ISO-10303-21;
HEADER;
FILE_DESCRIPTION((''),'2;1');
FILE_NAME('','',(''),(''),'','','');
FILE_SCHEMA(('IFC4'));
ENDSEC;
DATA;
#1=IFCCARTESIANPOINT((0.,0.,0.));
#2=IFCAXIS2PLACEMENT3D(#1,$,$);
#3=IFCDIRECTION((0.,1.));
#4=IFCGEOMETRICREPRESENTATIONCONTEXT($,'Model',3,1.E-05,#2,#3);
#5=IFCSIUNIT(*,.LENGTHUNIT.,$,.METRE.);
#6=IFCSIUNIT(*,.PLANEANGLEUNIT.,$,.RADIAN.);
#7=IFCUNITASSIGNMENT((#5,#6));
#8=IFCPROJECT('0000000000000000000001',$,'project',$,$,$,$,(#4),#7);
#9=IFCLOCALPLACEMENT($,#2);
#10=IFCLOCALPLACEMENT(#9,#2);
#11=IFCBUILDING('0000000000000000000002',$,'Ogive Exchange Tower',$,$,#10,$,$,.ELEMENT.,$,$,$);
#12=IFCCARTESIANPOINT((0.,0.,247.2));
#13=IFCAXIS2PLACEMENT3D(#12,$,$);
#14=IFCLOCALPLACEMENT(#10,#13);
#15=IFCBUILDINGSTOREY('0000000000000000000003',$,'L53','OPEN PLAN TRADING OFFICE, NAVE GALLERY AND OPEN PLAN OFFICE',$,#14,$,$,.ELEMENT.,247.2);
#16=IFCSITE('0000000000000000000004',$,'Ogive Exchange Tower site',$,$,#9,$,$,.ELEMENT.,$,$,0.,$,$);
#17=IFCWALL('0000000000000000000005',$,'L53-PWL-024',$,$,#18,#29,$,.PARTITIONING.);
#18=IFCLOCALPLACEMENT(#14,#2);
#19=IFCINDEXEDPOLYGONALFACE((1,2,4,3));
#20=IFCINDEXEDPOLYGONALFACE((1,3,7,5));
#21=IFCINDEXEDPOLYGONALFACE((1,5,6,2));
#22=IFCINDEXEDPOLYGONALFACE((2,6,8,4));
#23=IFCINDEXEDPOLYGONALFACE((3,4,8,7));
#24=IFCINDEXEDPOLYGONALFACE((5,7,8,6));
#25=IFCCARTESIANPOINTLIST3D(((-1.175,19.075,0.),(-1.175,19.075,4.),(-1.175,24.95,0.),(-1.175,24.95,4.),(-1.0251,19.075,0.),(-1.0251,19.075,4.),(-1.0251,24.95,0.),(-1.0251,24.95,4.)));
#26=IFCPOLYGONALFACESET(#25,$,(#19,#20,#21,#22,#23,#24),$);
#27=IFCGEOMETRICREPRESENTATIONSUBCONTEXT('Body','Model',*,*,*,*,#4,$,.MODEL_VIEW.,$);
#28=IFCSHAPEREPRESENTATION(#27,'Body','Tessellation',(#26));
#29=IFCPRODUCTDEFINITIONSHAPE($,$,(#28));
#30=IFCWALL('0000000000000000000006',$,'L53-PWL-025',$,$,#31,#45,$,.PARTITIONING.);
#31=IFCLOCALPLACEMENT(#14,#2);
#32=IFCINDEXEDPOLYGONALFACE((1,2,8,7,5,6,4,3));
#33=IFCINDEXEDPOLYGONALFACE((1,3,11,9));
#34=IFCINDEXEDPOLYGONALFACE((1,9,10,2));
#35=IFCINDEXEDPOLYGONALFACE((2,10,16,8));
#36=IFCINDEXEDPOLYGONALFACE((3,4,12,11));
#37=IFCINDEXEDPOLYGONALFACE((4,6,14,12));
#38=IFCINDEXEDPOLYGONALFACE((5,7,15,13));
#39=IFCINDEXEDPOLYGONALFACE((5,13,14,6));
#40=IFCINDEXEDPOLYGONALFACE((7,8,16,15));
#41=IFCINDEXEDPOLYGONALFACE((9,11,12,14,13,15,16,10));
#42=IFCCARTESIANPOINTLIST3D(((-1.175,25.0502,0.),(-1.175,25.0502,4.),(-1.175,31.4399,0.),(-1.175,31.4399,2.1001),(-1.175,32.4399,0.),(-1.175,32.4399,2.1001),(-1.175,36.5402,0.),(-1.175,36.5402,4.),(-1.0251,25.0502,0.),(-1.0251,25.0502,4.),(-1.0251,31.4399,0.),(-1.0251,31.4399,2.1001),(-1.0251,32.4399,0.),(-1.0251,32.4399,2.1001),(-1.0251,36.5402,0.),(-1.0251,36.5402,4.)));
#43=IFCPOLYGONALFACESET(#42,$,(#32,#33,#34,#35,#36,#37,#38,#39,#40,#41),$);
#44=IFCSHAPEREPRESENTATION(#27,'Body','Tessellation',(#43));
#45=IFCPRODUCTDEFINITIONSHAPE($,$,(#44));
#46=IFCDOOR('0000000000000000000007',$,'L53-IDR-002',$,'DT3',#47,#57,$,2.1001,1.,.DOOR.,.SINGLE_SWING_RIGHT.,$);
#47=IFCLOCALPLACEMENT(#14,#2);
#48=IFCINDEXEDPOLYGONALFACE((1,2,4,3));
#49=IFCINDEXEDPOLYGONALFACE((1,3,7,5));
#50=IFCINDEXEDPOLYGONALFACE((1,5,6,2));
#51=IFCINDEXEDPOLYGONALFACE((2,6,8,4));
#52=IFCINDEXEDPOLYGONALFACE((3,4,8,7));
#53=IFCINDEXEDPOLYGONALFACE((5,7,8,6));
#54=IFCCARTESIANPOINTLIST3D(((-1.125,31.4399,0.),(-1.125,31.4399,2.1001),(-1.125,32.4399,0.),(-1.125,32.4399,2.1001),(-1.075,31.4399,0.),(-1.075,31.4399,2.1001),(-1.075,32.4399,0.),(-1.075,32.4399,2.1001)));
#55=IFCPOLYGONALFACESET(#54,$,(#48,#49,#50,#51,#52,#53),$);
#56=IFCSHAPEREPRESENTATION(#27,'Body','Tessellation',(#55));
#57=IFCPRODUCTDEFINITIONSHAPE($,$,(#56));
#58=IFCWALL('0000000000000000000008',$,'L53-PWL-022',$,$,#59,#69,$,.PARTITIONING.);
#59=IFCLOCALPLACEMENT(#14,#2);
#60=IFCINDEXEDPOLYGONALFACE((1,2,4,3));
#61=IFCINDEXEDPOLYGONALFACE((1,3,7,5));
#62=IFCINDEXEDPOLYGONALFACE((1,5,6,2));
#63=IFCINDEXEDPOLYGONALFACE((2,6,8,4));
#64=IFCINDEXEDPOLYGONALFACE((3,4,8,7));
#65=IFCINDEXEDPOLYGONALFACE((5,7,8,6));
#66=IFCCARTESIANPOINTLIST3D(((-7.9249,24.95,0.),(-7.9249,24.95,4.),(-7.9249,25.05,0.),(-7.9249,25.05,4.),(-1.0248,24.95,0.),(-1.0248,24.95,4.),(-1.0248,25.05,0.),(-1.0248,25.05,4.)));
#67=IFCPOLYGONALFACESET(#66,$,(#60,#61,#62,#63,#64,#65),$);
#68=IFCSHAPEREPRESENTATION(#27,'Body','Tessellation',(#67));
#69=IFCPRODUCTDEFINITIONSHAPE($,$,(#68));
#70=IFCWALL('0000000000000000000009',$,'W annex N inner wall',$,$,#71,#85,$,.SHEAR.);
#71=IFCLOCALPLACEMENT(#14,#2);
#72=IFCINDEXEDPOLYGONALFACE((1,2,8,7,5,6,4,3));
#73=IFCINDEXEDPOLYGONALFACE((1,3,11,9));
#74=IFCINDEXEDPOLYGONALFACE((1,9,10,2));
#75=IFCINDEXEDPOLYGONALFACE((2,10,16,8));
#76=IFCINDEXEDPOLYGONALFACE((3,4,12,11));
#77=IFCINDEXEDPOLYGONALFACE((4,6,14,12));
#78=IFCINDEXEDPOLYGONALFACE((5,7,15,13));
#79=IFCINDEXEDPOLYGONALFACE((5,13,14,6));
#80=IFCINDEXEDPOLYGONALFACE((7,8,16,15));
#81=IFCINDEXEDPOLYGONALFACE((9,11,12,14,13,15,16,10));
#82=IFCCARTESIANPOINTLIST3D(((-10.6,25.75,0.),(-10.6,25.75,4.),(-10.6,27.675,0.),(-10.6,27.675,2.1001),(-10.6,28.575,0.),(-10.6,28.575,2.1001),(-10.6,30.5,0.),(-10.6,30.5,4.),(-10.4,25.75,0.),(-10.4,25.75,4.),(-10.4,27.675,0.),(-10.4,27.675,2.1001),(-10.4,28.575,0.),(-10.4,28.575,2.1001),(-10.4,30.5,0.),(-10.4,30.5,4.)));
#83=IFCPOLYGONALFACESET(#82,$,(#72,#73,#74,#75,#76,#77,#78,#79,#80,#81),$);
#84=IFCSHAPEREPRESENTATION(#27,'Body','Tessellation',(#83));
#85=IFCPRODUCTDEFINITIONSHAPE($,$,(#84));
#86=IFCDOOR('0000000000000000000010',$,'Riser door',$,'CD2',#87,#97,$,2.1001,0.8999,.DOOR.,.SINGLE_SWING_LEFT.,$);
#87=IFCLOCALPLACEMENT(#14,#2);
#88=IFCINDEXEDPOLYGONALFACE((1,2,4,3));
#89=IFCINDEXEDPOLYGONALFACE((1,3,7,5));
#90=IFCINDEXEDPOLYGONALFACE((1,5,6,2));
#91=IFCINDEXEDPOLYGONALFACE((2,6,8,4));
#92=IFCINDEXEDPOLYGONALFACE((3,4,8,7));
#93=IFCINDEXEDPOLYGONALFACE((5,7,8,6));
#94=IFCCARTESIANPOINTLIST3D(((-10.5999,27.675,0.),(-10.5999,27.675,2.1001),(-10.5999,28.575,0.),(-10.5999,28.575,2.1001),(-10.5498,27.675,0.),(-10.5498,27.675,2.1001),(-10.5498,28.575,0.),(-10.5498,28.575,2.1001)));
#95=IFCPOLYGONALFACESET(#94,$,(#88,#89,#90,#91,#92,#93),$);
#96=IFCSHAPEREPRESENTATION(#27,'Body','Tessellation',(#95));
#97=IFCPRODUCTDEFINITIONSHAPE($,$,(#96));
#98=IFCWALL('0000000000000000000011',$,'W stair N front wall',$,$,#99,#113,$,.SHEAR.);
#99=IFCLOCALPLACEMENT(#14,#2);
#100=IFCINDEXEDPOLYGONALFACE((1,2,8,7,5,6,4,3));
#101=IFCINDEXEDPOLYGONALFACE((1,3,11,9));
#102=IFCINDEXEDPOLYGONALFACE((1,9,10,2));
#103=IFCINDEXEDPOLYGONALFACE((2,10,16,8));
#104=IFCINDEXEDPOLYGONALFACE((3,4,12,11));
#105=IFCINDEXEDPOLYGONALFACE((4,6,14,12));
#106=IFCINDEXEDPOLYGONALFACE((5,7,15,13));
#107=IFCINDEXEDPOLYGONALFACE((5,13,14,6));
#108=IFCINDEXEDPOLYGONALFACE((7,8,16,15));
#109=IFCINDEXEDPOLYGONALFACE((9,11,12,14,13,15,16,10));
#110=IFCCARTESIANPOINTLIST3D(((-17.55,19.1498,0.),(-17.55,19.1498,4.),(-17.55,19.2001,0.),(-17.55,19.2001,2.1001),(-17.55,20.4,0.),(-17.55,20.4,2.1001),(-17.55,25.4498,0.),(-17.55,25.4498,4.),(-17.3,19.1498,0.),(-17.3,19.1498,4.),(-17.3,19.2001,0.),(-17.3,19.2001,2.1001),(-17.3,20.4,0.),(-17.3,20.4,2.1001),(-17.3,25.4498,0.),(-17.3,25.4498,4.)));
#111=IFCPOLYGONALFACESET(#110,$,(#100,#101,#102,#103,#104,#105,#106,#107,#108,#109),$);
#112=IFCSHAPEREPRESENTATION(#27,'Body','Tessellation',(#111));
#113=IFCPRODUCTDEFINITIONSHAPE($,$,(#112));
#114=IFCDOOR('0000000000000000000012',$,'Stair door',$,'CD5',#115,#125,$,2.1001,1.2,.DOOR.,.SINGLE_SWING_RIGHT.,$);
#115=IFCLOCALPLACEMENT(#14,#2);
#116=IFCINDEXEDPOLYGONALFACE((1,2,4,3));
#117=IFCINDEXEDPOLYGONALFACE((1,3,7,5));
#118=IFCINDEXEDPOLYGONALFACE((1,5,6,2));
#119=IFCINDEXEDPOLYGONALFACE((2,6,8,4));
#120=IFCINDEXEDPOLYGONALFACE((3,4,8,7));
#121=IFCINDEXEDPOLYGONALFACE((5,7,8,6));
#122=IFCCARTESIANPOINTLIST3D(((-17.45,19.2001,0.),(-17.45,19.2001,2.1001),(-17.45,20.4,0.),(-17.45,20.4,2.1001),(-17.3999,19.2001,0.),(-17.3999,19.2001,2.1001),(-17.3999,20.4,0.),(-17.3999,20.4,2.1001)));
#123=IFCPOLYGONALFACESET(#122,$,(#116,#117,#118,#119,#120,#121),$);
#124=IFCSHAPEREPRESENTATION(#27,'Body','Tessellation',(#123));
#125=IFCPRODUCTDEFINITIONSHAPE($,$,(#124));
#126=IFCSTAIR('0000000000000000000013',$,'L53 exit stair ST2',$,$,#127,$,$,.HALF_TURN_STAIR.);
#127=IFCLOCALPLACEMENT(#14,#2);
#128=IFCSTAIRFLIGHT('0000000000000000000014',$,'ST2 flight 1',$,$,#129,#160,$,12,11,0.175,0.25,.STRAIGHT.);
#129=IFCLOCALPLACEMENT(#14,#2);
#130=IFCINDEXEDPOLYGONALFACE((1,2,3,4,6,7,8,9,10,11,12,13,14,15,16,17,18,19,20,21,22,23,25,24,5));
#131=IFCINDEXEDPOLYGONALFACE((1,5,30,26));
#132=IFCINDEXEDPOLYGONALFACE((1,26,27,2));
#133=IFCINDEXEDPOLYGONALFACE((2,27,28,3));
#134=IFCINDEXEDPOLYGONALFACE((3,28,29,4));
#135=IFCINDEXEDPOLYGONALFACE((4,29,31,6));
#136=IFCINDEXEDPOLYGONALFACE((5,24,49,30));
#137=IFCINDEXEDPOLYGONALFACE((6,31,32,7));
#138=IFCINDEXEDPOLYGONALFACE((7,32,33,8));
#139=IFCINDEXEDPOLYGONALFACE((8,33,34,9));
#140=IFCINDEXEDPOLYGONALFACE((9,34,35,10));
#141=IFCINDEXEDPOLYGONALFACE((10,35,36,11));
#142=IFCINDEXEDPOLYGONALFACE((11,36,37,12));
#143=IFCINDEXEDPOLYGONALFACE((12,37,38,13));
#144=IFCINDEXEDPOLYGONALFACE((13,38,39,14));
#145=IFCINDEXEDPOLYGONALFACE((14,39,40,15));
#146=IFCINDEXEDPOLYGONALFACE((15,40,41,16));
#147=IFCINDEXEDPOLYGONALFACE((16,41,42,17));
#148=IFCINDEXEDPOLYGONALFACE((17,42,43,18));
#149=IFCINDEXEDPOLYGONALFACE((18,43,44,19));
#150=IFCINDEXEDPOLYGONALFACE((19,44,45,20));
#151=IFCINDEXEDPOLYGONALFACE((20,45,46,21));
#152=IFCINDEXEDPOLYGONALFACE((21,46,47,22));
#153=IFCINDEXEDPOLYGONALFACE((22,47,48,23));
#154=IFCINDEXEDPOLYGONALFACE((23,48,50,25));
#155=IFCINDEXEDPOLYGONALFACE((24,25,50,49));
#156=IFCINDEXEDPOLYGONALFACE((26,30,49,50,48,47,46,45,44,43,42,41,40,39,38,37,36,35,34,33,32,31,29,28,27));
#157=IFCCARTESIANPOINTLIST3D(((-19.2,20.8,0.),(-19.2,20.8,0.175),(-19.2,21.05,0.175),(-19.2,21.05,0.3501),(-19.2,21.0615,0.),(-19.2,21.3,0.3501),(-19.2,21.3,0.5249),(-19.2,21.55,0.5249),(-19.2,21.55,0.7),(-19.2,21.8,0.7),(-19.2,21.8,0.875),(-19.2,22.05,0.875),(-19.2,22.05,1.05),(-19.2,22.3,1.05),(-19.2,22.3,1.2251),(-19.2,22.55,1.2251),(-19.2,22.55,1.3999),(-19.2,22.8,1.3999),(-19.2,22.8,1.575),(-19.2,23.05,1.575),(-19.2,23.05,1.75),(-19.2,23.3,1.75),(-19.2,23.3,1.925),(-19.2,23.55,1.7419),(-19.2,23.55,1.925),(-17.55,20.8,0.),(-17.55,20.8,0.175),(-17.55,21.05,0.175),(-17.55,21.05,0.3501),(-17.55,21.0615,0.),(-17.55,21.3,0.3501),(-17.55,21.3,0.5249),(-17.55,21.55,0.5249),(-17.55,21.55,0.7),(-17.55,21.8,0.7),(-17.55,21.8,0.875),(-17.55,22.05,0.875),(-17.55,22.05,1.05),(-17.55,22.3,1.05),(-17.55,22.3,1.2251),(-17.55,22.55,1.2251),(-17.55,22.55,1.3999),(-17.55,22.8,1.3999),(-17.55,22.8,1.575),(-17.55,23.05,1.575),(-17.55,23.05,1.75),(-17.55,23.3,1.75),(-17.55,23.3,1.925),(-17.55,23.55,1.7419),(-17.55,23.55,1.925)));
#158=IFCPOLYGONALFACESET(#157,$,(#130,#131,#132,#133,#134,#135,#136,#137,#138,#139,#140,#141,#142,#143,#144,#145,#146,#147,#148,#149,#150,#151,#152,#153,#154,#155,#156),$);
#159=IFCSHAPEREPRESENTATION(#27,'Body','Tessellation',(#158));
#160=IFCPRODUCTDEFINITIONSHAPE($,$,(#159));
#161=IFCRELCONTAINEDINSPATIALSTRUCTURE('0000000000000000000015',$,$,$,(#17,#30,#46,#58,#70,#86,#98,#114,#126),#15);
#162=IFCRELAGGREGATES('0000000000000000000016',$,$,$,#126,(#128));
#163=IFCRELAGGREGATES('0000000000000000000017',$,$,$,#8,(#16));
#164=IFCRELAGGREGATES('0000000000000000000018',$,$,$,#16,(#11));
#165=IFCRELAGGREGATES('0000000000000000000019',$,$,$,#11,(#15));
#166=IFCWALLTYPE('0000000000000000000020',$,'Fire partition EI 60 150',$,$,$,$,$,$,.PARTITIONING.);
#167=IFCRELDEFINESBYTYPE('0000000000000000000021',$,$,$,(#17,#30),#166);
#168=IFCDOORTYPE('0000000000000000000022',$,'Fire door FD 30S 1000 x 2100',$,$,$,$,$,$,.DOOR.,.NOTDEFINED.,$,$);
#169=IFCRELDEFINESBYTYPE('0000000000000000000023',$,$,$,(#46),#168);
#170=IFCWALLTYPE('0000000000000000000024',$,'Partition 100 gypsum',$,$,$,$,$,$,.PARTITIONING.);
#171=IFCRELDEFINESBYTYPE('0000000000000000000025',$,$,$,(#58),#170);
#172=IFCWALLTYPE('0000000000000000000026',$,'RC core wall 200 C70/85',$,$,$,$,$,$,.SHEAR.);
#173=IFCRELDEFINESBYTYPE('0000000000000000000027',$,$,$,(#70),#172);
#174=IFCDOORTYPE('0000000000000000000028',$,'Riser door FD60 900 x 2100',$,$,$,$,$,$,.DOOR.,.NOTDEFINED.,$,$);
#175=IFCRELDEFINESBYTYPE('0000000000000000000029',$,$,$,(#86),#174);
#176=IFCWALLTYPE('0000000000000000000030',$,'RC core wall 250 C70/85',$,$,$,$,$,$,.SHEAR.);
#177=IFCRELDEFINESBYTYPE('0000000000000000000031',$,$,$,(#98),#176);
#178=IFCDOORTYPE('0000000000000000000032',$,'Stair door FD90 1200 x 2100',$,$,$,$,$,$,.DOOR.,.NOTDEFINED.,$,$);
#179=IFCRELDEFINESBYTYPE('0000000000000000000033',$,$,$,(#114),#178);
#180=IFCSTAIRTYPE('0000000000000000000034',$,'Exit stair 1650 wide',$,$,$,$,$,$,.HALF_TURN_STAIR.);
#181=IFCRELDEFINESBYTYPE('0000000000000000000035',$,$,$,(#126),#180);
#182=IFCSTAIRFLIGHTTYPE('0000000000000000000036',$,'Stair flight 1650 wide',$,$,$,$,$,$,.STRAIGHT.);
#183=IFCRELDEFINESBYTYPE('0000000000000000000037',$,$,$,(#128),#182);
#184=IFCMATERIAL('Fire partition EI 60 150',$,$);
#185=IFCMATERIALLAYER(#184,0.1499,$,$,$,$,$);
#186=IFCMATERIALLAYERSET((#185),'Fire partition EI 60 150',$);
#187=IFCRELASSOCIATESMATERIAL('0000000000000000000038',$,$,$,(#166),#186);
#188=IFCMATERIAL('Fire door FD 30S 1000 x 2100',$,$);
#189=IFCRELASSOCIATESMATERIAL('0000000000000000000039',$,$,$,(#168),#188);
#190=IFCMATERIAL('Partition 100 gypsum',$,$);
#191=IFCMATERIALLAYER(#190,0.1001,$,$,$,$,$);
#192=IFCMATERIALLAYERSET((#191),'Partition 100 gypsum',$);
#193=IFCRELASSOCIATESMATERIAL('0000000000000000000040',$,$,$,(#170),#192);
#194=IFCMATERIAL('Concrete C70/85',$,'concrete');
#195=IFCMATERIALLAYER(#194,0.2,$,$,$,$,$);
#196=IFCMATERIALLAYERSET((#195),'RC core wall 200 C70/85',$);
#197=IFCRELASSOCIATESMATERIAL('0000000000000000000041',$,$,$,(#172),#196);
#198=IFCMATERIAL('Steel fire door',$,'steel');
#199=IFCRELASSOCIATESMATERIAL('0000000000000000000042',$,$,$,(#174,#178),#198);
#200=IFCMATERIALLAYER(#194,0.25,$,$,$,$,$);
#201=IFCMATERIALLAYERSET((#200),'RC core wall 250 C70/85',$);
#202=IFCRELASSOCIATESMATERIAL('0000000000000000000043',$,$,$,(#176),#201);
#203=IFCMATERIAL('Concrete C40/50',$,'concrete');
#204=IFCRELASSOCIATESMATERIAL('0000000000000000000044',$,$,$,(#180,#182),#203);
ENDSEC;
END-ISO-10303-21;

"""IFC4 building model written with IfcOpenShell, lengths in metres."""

from ifc_helpers import new_model, si_unit, direction, frame, frame_2d, origin, place, context, subcontext, project, spatial, polyline, rectangle, outline, extrude, material, layer, layer_set, type_object, element, fill, aggregate, save


model = new_model("IFC4")

# Units and contexts
model_context = context("Model", 3, precision=1e-05, world=origin(), true_north=direction((0.0, 1.0)))
body_context = subcontext(model_context, "Body", "Model", "MODEL_VIEW")
ifc_project = project(units=[si_unit("LENGTHUNIT", "METRE"), si_unit("PLANEANGLEUNIT", "RADIAN")], contexts=[model_context])

# Site, building, storey
site_placement = place(None, origin())
site = spatial("IfcSite", under=ifc_project, at=site_placement, Name="Ogive Exchange Tower site", CompositionType="ELEMENT", RefElevation=0.0)
building_placement = place(site_placement, origin())
building = spatial("IfcBuilding", under=site, at=building_placement, Name="Ogive Exchange Tower", CompositionType="ELEMENT")
storey_placement = place(building_placement, frame((0.0, 0.0, 247.2)))
storey = spatial("IfcBuildingStorey", under=building, at=storey_placement, Name="L53", Description="OPEN PLAN TRADING OFFICE, NAVE GALLERY AND OPEN PLAN OFFICE", CompositionType="ELEMENT", Elevation=247.2)

# Shared definitions
ifc_material_1 = material(Name="Fire partition EI 60 150")
ifc_layer_1 = layer(ifc_material_1, 0.1499)
ifc_layer_set_1 = layer_set([ifc_layer_1], Name="Fire partition EI 60 150")
wall_type_1 = type_object("IfcWallType", Name="Fire partition EI 60 150", PredefinedType="PARTITIONING", material=ifc_layer_set_1)
ifc_material_2 = material(Name="Fire door FD 30S 1000 x 2100")
door_type_1 = type_object("IfcDoorType", Name="Fire door FD 30S 1000 x 2100", OperationType="NOTDEFINED", PredefinedType="DOOR", material=ifc_material_2)

# Wall
wall_1_placement = place(storey_placement, frame((-1.1001, 19.075, 0.0), z_axis=(0.0, 0.0, 1.0), x_axis=(0.0, 1.0, 0.0)))
element("IfcWall", 1, at=wall_1_placement, inside=storey, type_object=wall_type_1, Name="L53-PWL-024", PredefinedType="PARTITIONING", context=body_context, shape_type="SweptSolid", body=[
    extrude(rectangle(XDim=5.875, YDim=0.1499, at=frame_2d((2.9375, 0.0))), origin(), (0.0, 0.0, 1.0), 4.0),
])

# Wall, opening, door
wall_2_placement = place(storey_placement, frame((-1.1001, 25.05, 0.0), z_axis=(0.0, 0.0, 1.0), x_axis=(0.0, 1.0, 0.0)))
wall_2 = element("IfcWall", 2, at=wall_2_placement, inside=storey, type_object=wall_type_1, Name="L53-PWL-025", PredefinedType="PARTITIONING", context=body_context, shape_type="SweptSolid", body=[
    extrude(rectangle(XDim=11.49, YDim=0.1499, at=frame_2d((5.7451, 0.0))), origin(), (0.0, 0.0, 1.0), 4.0),
])
opening_1_placement = place(wall_2_placement, frame((6.3899, 0.0, 0.0)))
opening_1 = element("IfcOpeningElement", 3, at=opening_1_placement, cuts=wall_2, PredefinedType="OPENING", context=body_context, shape_type="SweptSolid", body=[
    extrude(rectangle(XDim=1.0, YDim=2.1001, at=frame_2d((0.5, 1.05))), frame((0.0, 0.085, 0.0), z_axis=(0.0, -1.0, 0.0), x_axis=(1.0, 0.0, 0.0)), (0.0, 0.0, 1.0), 0.1699),
])
door_1_placement = place(opening_1_placement, origin())
door_1 = element("IfcDoor", 4, at=door_1_placement, inside=storey, type_object=door_type_1, Name="L53-IDR-002", ObjectType="DT3", OperationType="SINGLE_SWING_RIGHT", OverallHeight=2.1001, OverallWidth=1.0, PredefinedType="DOOR", context=body_context, shape_type="SweptSolid", body=[
    extrude(rectangle(XDim=1.0, YDim=2.1001, at=frame_2d((0.5, 1.05))), frame((0.0, 0.0249, 0.0), z_axis=(0.0, -1.0, 0.0), x_axis=(1.0, 0.0, 0.0)), (0.0, 0.0, 1.0), 0.05),
])
fill(opening_1, door_1)

# Wall
ifc_material_3 = material(Name="Partition 100 gypsum")
ifc_layer_2 = layer(ifc_material_3, 0.1001)
ifc_layer_set_2 = layer_set([ifc_layer_2], Name="Partition 100 gypsum")
wall_type_2 = type_object("IfcWallType", Name="Partition 100 gypsum", PredefinedType="PARTITIONING", material=ifc_layer_set_2)
wall_3_placement = place(storey_placement, frame((-7.925, 25.0, 0.0), z_axis=(0.0, 0.0, 1.0), x_axis=(1.0, 0.0, 0.0)))
element("IfcWall", 5, at=wall_3_placement, inside=storey, type_object=wall_type_2, Name="L53-PWL-022", PredefinedType="PARTITIONING", context=body_context, shape_type="SweptSolid", body=[
    extrude(rectangle(XDim=6.9001, YDim=0.1001, at=frame_2d((3.4502, 0.0))), origin(), (0.0, 0.0, 1.0), 4.0),
])

# Walls, openings, doors
ifc_material_4 = material(Name="Concrete C70/85", Category="concrete")
ifc_layer_3 = layer(ifc_material_4, 0.2)
ifc_layer_set_3 = layer_set([ifc_layer_3], Name="RC core wall 200 C70/85")
wall_type_3 = type_object("IfcWallType", Name="RC core wall 200 C70/85", PredefinedType="SHEAR", material=ifc_layer_set_3)
wall_4_placement = place(storey_placement, frame((-10.5, 25.75, 0.0), z_axis=(0.0, 0.0, 1.0), x_axis=(0.0, 1.0, 0.0)))
wall_4 = element("IfcWall", 6, at=wall_4_placement, inside=storey, type_object=wall_type_3, Name="W annex N inner wall", PredefinedType="SHEAR", context=body_context, shape_type="SweptSolid", body=[
    extrude(rectangle(XDim=4.75, YDim=0.2, at=frame_2d((2.375, 0.0))), origin(), (0.0, 0.0, 1.0), 4.0),
])
opening_2_placement = place(wall_4_placement, frame((1.925, 0.0, 0.0)))
opening_2 = element("IfcOpeningElement", 7, at=opening_2_placement, cuts=wall_4, PredefinedType="OPENING", context=body_context, shape_type="SweptSolid", body=[
    extrude(rectangle(XDim=0.8999, YDim=2.1001, at=frame_2d((0.45, 1.05))), frame((0.0, 0.1099, 0.0), z_axis=(0.0, -1.0, 0.0), x_axis=(1.0, 0.0, 0.0)), (0.0, 0.0, 1.0), 0.22),
])
ifc_material_5 = material(Name="Steel fire door", Category="steel")
door_type_2 = type_object("IfcDoorType", Name="Riser door FD60 900 x 2100", OperationType="NOTDEFINED", PredefinedType="DOOR", material=ifc_material_5)
door_2_placement = place(opening_2_placement, frame((0.8999, 0.1499, 0.0), z_axis=(0.0, 0.0, 1.0), x_axis=(-1.0, 0.0, 0.0)))
door_2 = element("IfcDoor", 8, at=door_2_placement, inside=storey, type_object=door_type_2, Name="Riser door", ObjectType="CD2", OperationType="SINGLE_SWING_LEFT", OverallHeight=2.1001, OverallWidth=0.8999, PredefinedType="DOOR", context=body_context, shape_type="SweptSolid", body=[
    extrude(rectangle(XDim=0.8999, YDim=2.1001, at=frame_2d((0.45, 1.05))), frame((0.0, 0.1001, 0.0), z_axis=(0.0, -1.0, 0.0), x_axis=(1.0, 0.0, 0.0)), (0.0, 0.0, 1.0), 0.05),
])
fill(opening_2, door_2)
ifc_layer_4 = layer(ifc_material_4, 0.25)
ifc_layer_set_4 = layer_set([ifc_layer_4], Name="RC core wall 250 C70/85")
wall_type_4 = type_object("IfcWallType", Name="RC core wall 250 C70/85", PredefinedType="SHEAR", material=ifc_layer_set_4)
wall_5_placement = place(storey_placement, frame((-17.425, 19.1499, 0.0), z_axis=(0.0, 0.0, 1.0), x_axis=(0.0, 1.0, 0.0)))
wall_5 = element("IfcWall", 9, at=wall_5_placement, inside=storey, type_object=wall_type_4, Name="W stair N front wall", PredefinedType="SHEAR", context=body_context, shape_type="SweptSolid", body=[
    extrude(rectangle(XDim=6.3, YDim=0.25, at=frame_2d((3.1499, 0.0))), origin(), (0.0, 0.0, 1.0), 4.0),
])
opening_3_placement = place(wall_5_placement, frame((0.05, 0.0, 0.0)))
opening_3 = element("IfcOpeningElement", 10, at=opening_3_placement, cuts=wall_5, PredefinedType="OPENING", context=body_context, shape_type="SweptSolid", body=[
    extrude(rectangle(XDim=1.2, YDim=2.1001, at=frame_2d((0.6001, 1.05))), frame((0.0, 0.135, 0.0), z_axis=(0.0, -1.0, 0.0), x_axis=(1.0, 0.0, 0.0)), (0.0, 0.0, 1.0), 0.27),
])
door_type_3 = type_object("IfcDoorType", Name="Stair door FD90 1200 x 2100", OperationType="NOTDEFINED", PredefinedType="DOOR", material=ifc_material_5)
door_3_placement = place(opening_3_placement, origin())
door_3 = element("IfcDoor", 11, at=door_3_placement, inside=storey, type_object=door_type_3, Name="Stair door", ObjectType="CD5", OperationType="SINGLE_SWING_RIGHT", OverallHeight=2.1001, OverallWidth=1.2, PredefinedType="DOOR", context=body_context, shape_type="SweptSolid", body=[
    extrude(rectangle(XDim=1.2, YDim=2.1001, at=frame_2d((0.6001, 1.05))), frame((0.0, 0.0249, 0.0), z_axis=(0.0, -1.0, 0.0), x_axis=(1.0, 0.0, 0.0)), (0.0, 0.0, 1.0), 0.05),
])
fill(opening_3, door_3)

# Stair, stair flight
ifc_material_6 = material(Name="Concrete C40/50", Category="concrete")
stair_type = type_object("IfcStairType", Name="Exit stair 1650 wide", PredefinedType="HALF_TURN_STAIR", material=ifc_material_6)
stair_placement = place(storey_placement, origin())
stair = element("IfcStair", 12, at=stair_placement, inside=storey, type_object=stair_type, Name="L53 exit stair ST2", PredefinedType="HALF_TURN_STAIR")
stair_flight_type = type_object("IfcStairFlightType", Name="Stair flight 1650 wide", PredefinedType="STRAIGHT", material=ifc_material_6)
stair_flight_placement = place(storey_placement, frame((-18.375, 20.8, 0.0), z_axis=(0.0, 0.0, 1.0), x_axis=(0.0, 1.0, 0.0)))
stair_flight = element("IfcStairFlight", 13, at=stair_flight_placement, type_object=stair_flight_type, Name="ST2 flight 1", NumberOfRisers=12, NumberOfTreads=11, PredefinedType="STRAIGHT", RiserHeight=0.175, TreadLength=0.25, context=body_context, shape_type="SweptSolid", body=[
    extrude(outline(polyline([(0.0, 0.0), (0.0, 0.175), (0.25, 0.175), (0.25, 0.3501), (0.5, 0.3501), (0.5, 0.5249), (0.75, 0.5249), (0.75, 0.7), (1.0, 0.7), (1.0, 0.875), (1.25, 0.875), (1.25, 1.05), (1.5, 1.05), (1.5, 1.2251), (1.75, 1.2251), (1.75, 1.3999), (2.0, 1.3999), (2.0, 1.575), (2.25, 1.575), (2.25, 1.75), (2.5, 1.75), (2.5, 1.925), (2.75, 1.925), (2.75, 2.1001), (2.75, 1.7419), (0.2615, 0.0), (0.0, 0.0)])), frame((0.0, 0.825, 0.0), z_axis=(0.0, -1.0, 0.0), x_axis=(1.0, 0.0, 0.0)), (0.0, 0.0, 1.0), 1.6499),
])
aggregate(stair, [stair_flight])

save(model, "model.ifc")
